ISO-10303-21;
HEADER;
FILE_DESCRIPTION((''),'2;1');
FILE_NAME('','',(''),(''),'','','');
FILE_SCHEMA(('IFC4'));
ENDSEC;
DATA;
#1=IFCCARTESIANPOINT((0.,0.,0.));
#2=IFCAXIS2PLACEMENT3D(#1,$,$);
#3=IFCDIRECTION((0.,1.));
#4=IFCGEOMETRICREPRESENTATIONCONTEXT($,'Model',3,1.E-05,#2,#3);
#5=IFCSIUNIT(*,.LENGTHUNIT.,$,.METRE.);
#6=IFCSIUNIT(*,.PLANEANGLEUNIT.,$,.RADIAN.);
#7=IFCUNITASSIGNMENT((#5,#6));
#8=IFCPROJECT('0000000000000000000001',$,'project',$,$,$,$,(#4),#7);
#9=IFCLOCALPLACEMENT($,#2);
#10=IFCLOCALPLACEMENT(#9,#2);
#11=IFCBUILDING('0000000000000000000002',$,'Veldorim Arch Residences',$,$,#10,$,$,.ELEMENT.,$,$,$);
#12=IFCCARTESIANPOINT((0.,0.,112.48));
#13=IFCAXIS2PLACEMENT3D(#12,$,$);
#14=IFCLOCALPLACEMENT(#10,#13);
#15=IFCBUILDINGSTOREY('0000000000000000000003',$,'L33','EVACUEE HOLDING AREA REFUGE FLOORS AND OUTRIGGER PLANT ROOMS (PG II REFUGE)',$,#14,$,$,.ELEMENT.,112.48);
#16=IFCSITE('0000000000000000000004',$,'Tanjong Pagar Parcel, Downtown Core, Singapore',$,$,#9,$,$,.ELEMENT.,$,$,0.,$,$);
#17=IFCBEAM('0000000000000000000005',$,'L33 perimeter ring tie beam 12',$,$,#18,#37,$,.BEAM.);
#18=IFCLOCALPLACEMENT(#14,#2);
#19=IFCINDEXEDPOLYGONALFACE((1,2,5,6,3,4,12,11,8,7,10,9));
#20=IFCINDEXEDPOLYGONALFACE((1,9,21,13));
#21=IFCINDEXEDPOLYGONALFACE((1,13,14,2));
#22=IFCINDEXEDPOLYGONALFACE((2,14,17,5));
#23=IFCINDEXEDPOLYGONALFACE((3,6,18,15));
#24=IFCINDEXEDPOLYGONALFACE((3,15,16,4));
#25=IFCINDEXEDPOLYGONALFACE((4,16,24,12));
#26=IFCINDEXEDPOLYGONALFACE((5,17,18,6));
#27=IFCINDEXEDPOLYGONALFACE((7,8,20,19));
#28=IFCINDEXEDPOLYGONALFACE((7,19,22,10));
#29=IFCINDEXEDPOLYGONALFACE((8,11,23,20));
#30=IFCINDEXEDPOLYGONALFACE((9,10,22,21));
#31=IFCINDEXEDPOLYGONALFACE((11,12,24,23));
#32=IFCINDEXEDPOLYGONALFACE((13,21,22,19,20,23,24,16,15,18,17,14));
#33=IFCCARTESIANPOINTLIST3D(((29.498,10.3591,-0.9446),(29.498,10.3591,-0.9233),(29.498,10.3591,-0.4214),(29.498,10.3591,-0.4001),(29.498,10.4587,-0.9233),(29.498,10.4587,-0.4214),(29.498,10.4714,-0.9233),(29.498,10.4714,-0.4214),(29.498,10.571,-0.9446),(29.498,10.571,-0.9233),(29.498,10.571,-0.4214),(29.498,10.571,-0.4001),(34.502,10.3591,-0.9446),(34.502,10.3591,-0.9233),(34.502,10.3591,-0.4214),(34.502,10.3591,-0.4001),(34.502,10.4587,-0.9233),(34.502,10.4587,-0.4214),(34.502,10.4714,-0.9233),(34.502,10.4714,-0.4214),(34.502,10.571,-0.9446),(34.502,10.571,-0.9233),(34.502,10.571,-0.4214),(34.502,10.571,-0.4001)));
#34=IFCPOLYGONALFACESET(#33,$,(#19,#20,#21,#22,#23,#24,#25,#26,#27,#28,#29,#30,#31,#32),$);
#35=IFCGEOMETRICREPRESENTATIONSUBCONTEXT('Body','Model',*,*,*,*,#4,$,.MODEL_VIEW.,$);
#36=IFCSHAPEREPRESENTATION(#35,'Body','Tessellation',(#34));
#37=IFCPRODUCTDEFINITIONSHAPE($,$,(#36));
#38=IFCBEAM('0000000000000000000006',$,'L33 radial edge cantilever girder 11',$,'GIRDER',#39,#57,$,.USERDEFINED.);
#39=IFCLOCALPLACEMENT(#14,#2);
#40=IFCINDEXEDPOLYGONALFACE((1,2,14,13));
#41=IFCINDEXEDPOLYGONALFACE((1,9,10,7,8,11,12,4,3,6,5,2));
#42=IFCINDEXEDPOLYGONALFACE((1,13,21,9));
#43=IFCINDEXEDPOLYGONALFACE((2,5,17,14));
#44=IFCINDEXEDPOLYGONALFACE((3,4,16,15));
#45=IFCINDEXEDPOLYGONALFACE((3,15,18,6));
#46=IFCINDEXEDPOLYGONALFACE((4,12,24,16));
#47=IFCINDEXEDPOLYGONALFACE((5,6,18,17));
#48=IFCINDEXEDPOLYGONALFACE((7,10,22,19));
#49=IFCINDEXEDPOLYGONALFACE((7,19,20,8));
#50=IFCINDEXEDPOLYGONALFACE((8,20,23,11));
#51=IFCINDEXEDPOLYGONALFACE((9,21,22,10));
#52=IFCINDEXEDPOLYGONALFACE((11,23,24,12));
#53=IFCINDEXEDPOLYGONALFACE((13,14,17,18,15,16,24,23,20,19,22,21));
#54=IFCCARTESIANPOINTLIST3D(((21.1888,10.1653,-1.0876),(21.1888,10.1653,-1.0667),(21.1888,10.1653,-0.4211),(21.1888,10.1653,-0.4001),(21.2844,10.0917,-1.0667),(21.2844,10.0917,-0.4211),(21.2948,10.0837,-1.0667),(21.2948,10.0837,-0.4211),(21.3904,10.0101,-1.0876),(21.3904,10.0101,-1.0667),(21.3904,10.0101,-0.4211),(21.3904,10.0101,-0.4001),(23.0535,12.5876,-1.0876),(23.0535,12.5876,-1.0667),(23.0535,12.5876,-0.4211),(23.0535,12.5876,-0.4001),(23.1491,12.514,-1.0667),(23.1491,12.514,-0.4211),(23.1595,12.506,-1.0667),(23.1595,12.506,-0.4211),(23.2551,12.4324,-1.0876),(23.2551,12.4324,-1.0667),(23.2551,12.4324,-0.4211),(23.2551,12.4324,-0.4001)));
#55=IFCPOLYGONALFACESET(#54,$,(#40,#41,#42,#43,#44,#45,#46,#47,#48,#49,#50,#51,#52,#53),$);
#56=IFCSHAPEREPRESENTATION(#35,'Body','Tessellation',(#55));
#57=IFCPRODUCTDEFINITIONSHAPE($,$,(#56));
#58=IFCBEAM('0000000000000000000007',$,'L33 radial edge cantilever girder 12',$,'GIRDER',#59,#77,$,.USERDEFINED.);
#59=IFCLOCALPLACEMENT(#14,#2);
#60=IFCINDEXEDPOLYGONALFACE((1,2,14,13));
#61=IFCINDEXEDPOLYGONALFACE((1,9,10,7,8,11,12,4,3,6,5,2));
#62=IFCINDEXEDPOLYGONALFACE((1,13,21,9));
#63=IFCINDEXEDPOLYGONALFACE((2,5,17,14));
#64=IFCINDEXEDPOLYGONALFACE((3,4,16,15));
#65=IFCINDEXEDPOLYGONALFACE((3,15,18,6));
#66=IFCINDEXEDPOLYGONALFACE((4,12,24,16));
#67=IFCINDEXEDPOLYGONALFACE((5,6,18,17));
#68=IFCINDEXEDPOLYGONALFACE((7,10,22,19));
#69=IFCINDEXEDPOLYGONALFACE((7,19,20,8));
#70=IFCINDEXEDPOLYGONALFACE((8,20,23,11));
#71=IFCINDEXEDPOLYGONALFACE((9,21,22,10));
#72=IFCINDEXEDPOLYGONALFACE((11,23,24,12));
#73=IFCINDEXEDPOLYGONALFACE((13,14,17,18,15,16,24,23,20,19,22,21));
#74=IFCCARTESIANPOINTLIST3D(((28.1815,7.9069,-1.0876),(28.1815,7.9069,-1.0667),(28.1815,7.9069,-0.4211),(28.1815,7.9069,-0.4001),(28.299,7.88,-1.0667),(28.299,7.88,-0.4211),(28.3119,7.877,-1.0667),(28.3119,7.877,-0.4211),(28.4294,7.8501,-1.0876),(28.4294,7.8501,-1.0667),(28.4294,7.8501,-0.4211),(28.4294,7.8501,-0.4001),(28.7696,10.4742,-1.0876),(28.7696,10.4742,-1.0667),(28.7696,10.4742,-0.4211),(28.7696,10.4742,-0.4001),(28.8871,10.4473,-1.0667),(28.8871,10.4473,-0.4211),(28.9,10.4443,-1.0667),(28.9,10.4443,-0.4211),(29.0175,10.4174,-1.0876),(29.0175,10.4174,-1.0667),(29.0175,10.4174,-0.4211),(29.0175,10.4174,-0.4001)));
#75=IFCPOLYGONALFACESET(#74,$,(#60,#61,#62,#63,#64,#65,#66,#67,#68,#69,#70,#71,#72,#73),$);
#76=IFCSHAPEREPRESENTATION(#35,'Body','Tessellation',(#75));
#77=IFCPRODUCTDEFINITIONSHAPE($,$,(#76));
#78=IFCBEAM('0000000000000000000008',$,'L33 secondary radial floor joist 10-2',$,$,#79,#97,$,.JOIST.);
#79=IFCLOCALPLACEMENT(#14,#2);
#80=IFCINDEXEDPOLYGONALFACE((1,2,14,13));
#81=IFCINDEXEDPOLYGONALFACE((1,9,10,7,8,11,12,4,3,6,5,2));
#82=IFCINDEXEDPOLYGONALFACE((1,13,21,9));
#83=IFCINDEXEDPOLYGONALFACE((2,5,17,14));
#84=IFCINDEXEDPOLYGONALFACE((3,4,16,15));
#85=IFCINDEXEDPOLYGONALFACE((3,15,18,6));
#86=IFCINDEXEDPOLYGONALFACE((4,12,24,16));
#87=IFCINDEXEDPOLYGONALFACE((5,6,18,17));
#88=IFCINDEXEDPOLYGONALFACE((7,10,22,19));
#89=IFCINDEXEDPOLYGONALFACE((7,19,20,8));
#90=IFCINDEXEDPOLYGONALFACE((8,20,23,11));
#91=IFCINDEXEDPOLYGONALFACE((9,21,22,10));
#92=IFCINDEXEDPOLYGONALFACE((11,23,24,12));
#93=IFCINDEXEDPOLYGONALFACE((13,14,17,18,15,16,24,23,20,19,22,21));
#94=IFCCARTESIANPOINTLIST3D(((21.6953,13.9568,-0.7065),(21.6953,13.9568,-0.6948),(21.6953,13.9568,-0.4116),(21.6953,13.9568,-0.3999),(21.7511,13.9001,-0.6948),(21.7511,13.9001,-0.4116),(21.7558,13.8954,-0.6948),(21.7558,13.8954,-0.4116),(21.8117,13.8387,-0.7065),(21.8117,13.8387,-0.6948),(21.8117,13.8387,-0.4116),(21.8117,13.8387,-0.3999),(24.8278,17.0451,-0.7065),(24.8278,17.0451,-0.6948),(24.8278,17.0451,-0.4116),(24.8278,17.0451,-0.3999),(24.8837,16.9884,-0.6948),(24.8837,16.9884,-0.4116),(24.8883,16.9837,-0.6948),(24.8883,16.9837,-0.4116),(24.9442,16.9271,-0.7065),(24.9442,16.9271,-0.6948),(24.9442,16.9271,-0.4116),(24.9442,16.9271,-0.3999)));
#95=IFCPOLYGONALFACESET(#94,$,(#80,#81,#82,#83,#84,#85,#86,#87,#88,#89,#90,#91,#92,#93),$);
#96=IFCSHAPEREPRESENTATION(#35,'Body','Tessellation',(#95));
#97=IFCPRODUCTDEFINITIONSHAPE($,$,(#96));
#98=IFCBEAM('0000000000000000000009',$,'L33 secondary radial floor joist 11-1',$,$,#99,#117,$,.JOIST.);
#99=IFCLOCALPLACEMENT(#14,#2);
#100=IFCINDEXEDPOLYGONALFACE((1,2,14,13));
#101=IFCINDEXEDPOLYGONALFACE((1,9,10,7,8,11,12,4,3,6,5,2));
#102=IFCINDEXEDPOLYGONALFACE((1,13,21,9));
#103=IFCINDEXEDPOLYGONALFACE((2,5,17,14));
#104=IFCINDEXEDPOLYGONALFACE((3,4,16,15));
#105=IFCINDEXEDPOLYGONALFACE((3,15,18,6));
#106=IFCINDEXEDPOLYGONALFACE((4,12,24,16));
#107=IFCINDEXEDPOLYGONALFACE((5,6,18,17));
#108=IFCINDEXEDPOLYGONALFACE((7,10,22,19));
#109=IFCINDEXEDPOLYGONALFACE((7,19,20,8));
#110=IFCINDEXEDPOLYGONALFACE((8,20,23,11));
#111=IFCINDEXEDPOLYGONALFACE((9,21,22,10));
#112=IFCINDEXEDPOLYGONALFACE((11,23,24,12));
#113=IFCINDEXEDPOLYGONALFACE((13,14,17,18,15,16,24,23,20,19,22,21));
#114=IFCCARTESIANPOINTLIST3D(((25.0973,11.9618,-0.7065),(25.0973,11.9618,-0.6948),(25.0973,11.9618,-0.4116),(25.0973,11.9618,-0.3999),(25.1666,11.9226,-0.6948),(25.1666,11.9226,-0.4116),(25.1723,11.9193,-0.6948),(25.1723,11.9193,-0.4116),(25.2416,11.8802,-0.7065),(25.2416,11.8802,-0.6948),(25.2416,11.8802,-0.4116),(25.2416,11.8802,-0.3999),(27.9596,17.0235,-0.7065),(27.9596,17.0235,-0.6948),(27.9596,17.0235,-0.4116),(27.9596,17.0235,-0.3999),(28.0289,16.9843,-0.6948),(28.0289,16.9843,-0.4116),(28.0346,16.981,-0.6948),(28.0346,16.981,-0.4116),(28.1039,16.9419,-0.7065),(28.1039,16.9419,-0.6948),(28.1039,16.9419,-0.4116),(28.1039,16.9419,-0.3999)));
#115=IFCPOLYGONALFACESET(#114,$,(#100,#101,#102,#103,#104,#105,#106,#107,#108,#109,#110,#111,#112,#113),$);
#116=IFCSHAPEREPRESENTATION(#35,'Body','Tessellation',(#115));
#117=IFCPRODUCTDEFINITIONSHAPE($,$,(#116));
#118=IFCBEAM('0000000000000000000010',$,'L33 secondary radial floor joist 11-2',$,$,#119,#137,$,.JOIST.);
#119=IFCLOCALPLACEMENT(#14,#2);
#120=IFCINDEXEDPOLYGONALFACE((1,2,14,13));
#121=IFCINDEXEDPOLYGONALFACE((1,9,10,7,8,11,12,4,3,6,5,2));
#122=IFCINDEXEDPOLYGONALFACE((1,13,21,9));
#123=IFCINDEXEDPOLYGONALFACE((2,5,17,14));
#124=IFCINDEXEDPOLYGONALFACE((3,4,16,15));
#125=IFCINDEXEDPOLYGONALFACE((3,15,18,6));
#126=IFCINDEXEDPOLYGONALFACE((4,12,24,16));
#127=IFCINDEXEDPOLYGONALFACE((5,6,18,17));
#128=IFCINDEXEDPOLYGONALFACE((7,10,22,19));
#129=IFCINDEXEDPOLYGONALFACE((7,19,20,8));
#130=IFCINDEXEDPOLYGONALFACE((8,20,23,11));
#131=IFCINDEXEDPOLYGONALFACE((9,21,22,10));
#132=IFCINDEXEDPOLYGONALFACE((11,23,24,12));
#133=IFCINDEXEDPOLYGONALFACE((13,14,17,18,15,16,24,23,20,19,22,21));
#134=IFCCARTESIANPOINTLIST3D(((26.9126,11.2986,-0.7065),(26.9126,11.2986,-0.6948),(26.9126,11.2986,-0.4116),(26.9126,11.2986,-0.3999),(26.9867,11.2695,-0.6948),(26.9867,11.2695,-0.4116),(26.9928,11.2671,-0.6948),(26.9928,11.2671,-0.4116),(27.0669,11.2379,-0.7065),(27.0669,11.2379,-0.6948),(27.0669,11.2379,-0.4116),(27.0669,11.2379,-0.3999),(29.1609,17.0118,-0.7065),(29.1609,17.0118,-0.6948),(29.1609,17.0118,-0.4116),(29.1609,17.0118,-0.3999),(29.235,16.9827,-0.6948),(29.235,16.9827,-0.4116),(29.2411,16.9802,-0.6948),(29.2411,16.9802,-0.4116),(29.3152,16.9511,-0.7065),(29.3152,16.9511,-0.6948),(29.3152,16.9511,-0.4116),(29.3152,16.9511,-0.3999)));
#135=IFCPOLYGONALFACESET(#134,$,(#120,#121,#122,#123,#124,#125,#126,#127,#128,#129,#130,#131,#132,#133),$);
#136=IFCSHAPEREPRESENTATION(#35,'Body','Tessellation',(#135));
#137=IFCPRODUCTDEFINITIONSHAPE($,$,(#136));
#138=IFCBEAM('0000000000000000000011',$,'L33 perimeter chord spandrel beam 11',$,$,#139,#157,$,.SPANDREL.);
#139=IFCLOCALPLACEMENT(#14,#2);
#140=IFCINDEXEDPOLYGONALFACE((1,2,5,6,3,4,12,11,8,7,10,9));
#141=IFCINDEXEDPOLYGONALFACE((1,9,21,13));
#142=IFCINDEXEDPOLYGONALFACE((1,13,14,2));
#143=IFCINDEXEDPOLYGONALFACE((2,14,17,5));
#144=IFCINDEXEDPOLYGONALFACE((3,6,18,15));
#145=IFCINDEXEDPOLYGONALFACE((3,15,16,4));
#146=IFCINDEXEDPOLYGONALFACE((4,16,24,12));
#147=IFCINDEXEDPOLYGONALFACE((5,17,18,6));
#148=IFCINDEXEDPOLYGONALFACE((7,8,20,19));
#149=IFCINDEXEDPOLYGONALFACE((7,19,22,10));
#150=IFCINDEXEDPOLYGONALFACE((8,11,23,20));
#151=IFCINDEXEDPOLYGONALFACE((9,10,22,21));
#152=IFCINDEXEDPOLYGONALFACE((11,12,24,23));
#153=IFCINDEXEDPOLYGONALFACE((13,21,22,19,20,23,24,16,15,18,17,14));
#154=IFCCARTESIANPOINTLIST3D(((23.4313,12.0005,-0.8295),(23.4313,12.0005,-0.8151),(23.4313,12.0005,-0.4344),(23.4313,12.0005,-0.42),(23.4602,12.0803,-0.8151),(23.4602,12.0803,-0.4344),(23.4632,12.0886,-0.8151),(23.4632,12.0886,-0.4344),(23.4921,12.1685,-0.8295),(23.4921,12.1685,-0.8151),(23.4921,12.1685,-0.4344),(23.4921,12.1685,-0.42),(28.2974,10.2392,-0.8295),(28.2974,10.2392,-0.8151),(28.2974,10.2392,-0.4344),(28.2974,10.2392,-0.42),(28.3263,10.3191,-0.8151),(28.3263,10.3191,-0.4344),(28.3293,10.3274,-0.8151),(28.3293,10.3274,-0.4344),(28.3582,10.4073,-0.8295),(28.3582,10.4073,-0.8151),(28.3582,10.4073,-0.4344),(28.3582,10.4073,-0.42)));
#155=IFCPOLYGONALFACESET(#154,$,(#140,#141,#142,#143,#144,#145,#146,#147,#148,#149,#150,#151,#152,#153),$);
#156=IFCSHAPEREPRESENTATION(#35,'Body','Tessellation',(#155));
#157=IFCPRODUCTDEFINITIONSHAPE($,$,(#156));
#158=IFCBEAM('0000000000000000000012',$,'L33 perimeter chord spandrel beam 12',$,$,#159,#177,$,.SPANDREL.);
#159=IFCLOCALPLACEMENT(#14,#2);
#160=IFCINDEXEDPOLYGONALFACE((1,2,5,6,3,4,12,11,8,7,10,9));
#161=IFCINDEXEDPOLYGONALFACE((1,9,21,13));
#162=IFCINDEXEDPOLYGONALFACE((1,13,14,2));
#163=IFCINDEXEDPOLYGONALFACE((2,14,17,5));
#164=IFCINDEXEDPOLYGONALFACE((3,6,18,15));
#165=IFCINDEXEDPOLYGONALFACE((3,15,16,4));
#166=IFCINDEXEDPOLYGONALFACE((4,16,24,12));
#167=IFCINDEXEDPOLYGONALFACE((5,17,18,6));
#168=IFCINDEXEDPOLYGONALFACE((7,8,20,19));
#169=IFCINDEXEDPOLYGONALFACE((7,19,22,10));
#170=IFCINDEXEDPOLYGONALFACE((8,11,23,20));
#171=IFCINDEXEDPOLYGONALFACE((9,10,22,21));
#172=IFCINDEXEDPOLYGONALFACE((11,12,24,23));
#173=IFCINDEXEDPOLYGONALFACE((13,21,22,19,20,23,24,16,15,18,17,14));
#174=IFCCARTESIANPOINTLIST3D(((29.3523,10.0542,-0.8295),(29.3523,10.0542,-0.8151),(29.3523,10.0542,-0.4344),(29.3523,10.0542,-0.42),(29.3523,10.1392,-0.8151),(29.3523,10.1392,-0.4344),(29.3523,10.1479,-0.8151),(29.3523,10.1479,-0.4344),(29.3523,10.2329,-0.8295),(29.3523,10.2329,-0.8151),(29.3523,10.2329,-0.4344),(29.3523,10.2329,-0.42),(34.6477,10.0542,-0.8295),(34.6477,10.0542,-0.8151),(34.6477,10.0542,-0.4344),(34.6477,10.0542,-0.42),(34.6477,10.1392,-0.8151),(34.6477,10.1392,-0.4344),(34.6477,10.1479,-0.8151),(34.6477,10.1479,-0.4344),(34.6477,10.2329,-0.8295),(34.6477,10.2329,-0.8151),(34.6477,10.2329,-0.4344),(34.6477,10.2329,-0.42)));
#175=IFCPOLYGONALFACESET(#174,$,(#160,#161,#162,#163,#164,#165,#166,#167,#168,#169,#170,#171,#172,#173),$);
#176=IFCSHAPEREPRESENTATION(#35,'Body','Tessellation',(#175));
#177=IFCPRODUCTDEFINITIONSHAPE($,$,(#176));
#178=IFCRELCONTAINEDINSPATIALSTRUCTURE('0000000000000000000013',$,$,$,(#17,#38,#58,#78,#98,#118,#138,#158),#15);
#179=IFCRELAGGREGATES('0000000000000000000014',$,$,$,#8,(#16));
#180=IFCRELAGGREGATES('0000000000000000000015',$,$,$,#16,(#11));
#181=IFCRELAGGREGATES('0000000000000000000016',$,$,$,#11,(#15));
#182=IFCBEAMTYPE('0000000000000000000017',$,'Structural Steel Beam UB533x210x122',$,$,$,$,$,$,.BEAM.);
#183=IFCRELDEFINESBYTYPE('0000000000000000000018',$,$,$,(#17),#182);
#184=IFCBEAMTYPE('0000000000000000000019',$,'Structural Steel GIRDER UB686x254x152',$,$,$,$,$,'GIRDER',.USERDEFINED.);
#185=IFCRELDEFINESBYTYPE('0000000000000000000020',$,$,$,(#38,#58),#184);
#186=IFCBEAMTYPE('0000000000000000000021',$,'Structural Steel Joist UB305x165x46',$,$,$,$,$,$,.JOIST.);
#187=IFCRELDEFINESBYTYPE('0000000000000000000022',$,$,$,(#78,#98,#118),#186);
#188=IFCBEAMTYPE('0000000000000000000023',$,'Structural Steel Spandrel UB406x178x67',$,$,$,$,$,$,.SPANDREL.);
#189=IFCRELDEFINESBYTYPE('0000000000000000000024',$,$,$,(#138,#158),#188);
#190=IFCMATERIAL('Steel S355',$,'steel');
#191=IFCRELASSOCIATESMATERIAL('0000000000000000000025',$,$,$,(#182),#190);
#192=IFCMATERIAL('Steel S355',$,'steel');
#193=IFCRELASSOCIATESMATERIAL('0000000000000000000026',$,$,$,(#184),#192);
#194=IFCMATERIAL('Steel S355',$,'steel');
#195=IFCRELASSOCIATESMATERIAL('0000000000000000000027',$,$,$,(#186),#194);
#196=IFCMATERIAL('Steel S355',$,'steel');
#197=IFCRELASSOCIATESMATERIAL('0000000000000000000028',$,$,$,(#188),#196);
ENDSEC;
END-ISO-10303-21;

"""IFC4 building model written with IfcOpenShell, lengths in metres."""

from ifc_helpers import new_model, si_unit, direction, frame, origin, origin_2d, place, context, subcontext, project, spatial, i_section, extrude, material, material_profile, profile_set, type_object, element, save


model = new_model("IFC4")

# Units and contexts
model_context = context("Model", 3, precision=1e-05, world=origin(), true_north=direction((0.0, 1.0)))
body_context = subcontext(model_context, "Body", "Model", "MODEL_VIEW")
ifc_project = project(units=[si_unit("LENGTHUNIT", "METRE"), si_unit("PLANEANGLEUNIT", "RADIAN")], contexts=[model_context])

# Site, building, storey
site_placement = place(None, origin())
site = spatial("IfcSite", under=ifc_project, at=site_placement, Name="Tanjong Pagar Parcel, Downtown Core, Singapore", CompositionType="ELEMENT", RefElevation=0.0)
building_placement = place(site_placement, origin())
building = spatial("IfcBuilding", under=site, at=building_placement, Name="Veldorim Arch Residences", CompositionType="ELEMENT")
storey_placement = place(building_placement, frame((0.0, 0.0, 112.48)))
storey = spatial("IfcBuildingStorey", under=building, at=storey_placement, Name="L33", Description="EVACUEE HOLDING AREA REFUGE FLOORS AND OUTRIGGER PLANT ROOMS (PG II REFUGE)", CompositionType="ELEMENT", Elevation=112.48)

# Beams
ifc_material_1 = material(Name="Steel S355", Category="steel")
ifc_material_profile_1 = material_profile(ifc_material_1, i_section(OverallWidth=0.2119, OverallDepth=0.5444, WebThickness=0.0127, FlangeThickness=0.0212, at=origin_2d()), Name="UB533x210x122")
ifc_profile_set_1 = profile_set([ifc_material_profile_1], Name="Steel S355")
beam_type_1 = type_object("IfcBeamType", Name="Structural Steel Beam UB533x210x122", PredefinedType="BEAM", material=ifc_profile_set_1)
beam_1_placement = place(storey_placement, frame((29.498, 10.4651, -0.6724), z_axis=(1.0, 0.0, 0.0), x_axis=(0.0, 1.0, 0.0)))
element("IfcBeam", 1, at=beam_1_placement, inside=storey, type_object=beam_type_1, Name="L33 perimeter ring tie beam 12", PredefinedType="BEAM", context=body_context, shape_type="SweptSolid", body=[
    extrude(i_section(OverallWidth=0.2119, OverallDepth=0.5444, WebThickness=0.0127, FlangeThickness=0.0212, at=origin_2d()), origin(), (0.0, 0.0, 1.0), 5.0039),
])
ifc_material_2 = material(Name="Steel S355", Category="steel")
ifc_material_profile_2 = material_profile(ifc_material_2, i_section(OverallWidth=0.2544, OverallDepth=0.6875, WebThickness=0.0132, FlangeThickness=0.021, at=origin_2d()), Name="UB686x254x152")
ifc_profile_set_2 = profile_set([ifc_material_profile_2], Name="Steel S355")
beam_type_2 = type_object("IfcBeamType", Name="Structural Steel GIRDER UB686x254x152", ElementType="GIRDER", PredefinedType="USERDEFINED", material=ifc_profile_set_2)
beam_2_placement = place(storey_placement, frame((23.1543, 12.51, -0.7439), z_axis=(-0.609996, -0.792404, 0.0), x_axis=(0.792404, -0.609996, 0.0)))
element("IfcBeam", 2, at=beam_2_placement, inside=storey, type_object=beam_type_2, Name="L33 radial edge cantilever girder 11", ObjectType="GIRDER", PredefinedType="USERDEFINED", context=body_context, shape_type="SweptSolid", body=[
    extrude(i_section(OverallWidth=0.2544, OverallDepth=0.6875, WebThickness=0.0132, FlangeThickness=0.021, at=origin_2d()), origin(), (0.0, 0.0, 1.0), 3.0569),
])
beam_3_placement = place(storey_placement, frame((28.8936, 10.4458, -0.7439), z_axis=(-0.223295, -0.974751, 0.0), x_axis=(0.974751, -0.223295, 0.0)))
element("IfcBeam", 3, at=beam_3_placement, inside=storey, type_object=beam_type_2, Name="L33 radial edge cantilever girder 12", ObjectType="GIRDER", PredefinedType="USERDEFINED", context=body_context, shape_type="SweptSolid", body=[
    extrude(i_section(OverallWidth=0.2544, OverallDepth=0.6875, WebThickness=0.0132, FlangeThickness=0.021, at=origin_2d()), origin(), (0.0, 0.0, 1.0), 2.6338),
])
ifc_material_3 = material(Name="Steel S355", Category="steel")
ifc_material_profile_3 = material_profile(ifc_material_3, i_section(OverallWidth=0.1658, OverallDepth=0.3066, WebThickness=0.0066, FlangeThickness=0.0117, at=origin_2d()), Name="UB305x165x46")
ifc_profile_set_3 = profile_set([ifc_material_profile_3], Name="Steel S355")
beam_type_3 = type_object("IfcBeamType", Name="Structural Steel Joist UB305x165x46", PredefinedType="JOIST", material=ifc_profile_set_3)
beam_4_placement = place(storey_placement, frame((24.886, 16.9861, -0.5532), z_axis=(-0.712112, -0.702066, 0.0), x_axis=(0.702066, -0.712112, 0.0)))
element("IfcBeam", 4, at=beam_4_placement, inside=storey, type_object=beam_type_3, Name="L33 secondary radial floor joist 10-2", PredefinedType="JOIST", context=body_context, shape_type="SweptSolid", body=[
    extrude(i_section(OverallWidth=0.1658, OverallDepth=0.3066, WebThickness=0.0066, FlangeThickness=0.0117, at=origin_2d()), origin(), (0.0, 0.0, 1.0), 4.3989),
])
beam_5_placement = place(storey_placement, frame((28.0317, 16.9827, -0.5532), z_axis=(-0.492227, -0.870467, 0.0), x_axis=(0.870467, -0.492227, 0.0)))
element("IfcBeam", 5, at=beam_5_placement, inside=storey, type_object=beam_type_3, Name="L33 secondary radial floor joist 11-1", PredefinedType="JOIST", context=body_context, shape_type="SweptSolid", body=[
    extrude(i_section(OverallWidth=0.1658, OverallDepth=0.3066, WebThickness=0.0066, FlangeThickness=0.0117, at=origin_2d()), origin(), (0.0, 0.0, 1.0), 5.8149),
])
beam_6_placement = place(storey_placement, frame((29.238, 16.9814, -0.5532), z_axis=(-0.366195, -0.930538, 0.0), x_axis=(0.930538, -0.366195, 0.0)))
element("IfcBeam", 6, at=beam_6_placement, inside=storey, type_object=beam_type_3, Name="L33 secondary radial floor joist 11-2", PredefinedType="JOIST", context=body_context, shape_type="SweptSolid", body=[
    extrude(i_section(OverallWidth=0.1658, OverallDepth=0.3066, WebThickness=0.0066, FlangeThickness=0.0117, at=origin_2d()), origin(), (0.0, 0.0, 1.0), 6.1396),
])
ifc_material_4 = material(Name="Steel S355", Category="steel")
ifc_material_profile_4 = material_profile(ifc_material_4, i_section(OverallWidth=0.1787, OverallDepth=0.4094, WebThickness=0.0088, FlangeThickness=0.0144, at=origin_2d()), Name="UB406x178x67")
ifc_profile_set_4 = profile_set([ifc_material_profile_4], Name="Steel S355")
beam_type_4 = type_object("IfcBeamType", Name="Structural Steel Spandrel UB406x178x67", PredefinedType="SPANDREL", material=ifc_profile_set_4)
beam_7_placement = place(storey_placement, frame((23.4617, 12.0845, -0.6248), z_axis=(0.940308, -0.340326, 0.0), x_axis=(0.340326, 0.940308, 0.0)))
element("IfcBeam", 7, at=beam_7_placement, inside=storey, type_object=beam_type_4, Name="L33 perimeter chord spandrel beam 11", PredefinedType="SPANDREL", context=body_context, shape_type="SweptSolid", body=[
    extrude(i_section(OverallWidth=0.1787, OverallDepth=0.4094, WebThickness=0.0088, FlangeThickness=0.0144, at=origin_2d()), origin(), (0.0, 0.0, 1.0), 5.175),
])
beam_8_placement = place(storey_placement, frame((29.3523, 10.1436, -0.6248), z_axis=(1.0, 0.0, 0.0), x_axis=(0.0, 1.0, 0.0)))
element("IfcBeam", 8, at=beam_8_placement, inside=storey, type_object=beam_type_4, Name="L33 perimeter chord spandrel beam 12", PredefinedType="SPANDREL", context=body_context, shape_type="SweptSolid", body=[
    extrude(i_section(OverallWidth=0.1787, OverallDepth=0.4094, WebThickness=0.0088, FlangeThickness=0.0144, at=origin_2d()), origin(), (0.0, 0.0, 1.0), 5.2954),
])

save(model, "model.ifc")
